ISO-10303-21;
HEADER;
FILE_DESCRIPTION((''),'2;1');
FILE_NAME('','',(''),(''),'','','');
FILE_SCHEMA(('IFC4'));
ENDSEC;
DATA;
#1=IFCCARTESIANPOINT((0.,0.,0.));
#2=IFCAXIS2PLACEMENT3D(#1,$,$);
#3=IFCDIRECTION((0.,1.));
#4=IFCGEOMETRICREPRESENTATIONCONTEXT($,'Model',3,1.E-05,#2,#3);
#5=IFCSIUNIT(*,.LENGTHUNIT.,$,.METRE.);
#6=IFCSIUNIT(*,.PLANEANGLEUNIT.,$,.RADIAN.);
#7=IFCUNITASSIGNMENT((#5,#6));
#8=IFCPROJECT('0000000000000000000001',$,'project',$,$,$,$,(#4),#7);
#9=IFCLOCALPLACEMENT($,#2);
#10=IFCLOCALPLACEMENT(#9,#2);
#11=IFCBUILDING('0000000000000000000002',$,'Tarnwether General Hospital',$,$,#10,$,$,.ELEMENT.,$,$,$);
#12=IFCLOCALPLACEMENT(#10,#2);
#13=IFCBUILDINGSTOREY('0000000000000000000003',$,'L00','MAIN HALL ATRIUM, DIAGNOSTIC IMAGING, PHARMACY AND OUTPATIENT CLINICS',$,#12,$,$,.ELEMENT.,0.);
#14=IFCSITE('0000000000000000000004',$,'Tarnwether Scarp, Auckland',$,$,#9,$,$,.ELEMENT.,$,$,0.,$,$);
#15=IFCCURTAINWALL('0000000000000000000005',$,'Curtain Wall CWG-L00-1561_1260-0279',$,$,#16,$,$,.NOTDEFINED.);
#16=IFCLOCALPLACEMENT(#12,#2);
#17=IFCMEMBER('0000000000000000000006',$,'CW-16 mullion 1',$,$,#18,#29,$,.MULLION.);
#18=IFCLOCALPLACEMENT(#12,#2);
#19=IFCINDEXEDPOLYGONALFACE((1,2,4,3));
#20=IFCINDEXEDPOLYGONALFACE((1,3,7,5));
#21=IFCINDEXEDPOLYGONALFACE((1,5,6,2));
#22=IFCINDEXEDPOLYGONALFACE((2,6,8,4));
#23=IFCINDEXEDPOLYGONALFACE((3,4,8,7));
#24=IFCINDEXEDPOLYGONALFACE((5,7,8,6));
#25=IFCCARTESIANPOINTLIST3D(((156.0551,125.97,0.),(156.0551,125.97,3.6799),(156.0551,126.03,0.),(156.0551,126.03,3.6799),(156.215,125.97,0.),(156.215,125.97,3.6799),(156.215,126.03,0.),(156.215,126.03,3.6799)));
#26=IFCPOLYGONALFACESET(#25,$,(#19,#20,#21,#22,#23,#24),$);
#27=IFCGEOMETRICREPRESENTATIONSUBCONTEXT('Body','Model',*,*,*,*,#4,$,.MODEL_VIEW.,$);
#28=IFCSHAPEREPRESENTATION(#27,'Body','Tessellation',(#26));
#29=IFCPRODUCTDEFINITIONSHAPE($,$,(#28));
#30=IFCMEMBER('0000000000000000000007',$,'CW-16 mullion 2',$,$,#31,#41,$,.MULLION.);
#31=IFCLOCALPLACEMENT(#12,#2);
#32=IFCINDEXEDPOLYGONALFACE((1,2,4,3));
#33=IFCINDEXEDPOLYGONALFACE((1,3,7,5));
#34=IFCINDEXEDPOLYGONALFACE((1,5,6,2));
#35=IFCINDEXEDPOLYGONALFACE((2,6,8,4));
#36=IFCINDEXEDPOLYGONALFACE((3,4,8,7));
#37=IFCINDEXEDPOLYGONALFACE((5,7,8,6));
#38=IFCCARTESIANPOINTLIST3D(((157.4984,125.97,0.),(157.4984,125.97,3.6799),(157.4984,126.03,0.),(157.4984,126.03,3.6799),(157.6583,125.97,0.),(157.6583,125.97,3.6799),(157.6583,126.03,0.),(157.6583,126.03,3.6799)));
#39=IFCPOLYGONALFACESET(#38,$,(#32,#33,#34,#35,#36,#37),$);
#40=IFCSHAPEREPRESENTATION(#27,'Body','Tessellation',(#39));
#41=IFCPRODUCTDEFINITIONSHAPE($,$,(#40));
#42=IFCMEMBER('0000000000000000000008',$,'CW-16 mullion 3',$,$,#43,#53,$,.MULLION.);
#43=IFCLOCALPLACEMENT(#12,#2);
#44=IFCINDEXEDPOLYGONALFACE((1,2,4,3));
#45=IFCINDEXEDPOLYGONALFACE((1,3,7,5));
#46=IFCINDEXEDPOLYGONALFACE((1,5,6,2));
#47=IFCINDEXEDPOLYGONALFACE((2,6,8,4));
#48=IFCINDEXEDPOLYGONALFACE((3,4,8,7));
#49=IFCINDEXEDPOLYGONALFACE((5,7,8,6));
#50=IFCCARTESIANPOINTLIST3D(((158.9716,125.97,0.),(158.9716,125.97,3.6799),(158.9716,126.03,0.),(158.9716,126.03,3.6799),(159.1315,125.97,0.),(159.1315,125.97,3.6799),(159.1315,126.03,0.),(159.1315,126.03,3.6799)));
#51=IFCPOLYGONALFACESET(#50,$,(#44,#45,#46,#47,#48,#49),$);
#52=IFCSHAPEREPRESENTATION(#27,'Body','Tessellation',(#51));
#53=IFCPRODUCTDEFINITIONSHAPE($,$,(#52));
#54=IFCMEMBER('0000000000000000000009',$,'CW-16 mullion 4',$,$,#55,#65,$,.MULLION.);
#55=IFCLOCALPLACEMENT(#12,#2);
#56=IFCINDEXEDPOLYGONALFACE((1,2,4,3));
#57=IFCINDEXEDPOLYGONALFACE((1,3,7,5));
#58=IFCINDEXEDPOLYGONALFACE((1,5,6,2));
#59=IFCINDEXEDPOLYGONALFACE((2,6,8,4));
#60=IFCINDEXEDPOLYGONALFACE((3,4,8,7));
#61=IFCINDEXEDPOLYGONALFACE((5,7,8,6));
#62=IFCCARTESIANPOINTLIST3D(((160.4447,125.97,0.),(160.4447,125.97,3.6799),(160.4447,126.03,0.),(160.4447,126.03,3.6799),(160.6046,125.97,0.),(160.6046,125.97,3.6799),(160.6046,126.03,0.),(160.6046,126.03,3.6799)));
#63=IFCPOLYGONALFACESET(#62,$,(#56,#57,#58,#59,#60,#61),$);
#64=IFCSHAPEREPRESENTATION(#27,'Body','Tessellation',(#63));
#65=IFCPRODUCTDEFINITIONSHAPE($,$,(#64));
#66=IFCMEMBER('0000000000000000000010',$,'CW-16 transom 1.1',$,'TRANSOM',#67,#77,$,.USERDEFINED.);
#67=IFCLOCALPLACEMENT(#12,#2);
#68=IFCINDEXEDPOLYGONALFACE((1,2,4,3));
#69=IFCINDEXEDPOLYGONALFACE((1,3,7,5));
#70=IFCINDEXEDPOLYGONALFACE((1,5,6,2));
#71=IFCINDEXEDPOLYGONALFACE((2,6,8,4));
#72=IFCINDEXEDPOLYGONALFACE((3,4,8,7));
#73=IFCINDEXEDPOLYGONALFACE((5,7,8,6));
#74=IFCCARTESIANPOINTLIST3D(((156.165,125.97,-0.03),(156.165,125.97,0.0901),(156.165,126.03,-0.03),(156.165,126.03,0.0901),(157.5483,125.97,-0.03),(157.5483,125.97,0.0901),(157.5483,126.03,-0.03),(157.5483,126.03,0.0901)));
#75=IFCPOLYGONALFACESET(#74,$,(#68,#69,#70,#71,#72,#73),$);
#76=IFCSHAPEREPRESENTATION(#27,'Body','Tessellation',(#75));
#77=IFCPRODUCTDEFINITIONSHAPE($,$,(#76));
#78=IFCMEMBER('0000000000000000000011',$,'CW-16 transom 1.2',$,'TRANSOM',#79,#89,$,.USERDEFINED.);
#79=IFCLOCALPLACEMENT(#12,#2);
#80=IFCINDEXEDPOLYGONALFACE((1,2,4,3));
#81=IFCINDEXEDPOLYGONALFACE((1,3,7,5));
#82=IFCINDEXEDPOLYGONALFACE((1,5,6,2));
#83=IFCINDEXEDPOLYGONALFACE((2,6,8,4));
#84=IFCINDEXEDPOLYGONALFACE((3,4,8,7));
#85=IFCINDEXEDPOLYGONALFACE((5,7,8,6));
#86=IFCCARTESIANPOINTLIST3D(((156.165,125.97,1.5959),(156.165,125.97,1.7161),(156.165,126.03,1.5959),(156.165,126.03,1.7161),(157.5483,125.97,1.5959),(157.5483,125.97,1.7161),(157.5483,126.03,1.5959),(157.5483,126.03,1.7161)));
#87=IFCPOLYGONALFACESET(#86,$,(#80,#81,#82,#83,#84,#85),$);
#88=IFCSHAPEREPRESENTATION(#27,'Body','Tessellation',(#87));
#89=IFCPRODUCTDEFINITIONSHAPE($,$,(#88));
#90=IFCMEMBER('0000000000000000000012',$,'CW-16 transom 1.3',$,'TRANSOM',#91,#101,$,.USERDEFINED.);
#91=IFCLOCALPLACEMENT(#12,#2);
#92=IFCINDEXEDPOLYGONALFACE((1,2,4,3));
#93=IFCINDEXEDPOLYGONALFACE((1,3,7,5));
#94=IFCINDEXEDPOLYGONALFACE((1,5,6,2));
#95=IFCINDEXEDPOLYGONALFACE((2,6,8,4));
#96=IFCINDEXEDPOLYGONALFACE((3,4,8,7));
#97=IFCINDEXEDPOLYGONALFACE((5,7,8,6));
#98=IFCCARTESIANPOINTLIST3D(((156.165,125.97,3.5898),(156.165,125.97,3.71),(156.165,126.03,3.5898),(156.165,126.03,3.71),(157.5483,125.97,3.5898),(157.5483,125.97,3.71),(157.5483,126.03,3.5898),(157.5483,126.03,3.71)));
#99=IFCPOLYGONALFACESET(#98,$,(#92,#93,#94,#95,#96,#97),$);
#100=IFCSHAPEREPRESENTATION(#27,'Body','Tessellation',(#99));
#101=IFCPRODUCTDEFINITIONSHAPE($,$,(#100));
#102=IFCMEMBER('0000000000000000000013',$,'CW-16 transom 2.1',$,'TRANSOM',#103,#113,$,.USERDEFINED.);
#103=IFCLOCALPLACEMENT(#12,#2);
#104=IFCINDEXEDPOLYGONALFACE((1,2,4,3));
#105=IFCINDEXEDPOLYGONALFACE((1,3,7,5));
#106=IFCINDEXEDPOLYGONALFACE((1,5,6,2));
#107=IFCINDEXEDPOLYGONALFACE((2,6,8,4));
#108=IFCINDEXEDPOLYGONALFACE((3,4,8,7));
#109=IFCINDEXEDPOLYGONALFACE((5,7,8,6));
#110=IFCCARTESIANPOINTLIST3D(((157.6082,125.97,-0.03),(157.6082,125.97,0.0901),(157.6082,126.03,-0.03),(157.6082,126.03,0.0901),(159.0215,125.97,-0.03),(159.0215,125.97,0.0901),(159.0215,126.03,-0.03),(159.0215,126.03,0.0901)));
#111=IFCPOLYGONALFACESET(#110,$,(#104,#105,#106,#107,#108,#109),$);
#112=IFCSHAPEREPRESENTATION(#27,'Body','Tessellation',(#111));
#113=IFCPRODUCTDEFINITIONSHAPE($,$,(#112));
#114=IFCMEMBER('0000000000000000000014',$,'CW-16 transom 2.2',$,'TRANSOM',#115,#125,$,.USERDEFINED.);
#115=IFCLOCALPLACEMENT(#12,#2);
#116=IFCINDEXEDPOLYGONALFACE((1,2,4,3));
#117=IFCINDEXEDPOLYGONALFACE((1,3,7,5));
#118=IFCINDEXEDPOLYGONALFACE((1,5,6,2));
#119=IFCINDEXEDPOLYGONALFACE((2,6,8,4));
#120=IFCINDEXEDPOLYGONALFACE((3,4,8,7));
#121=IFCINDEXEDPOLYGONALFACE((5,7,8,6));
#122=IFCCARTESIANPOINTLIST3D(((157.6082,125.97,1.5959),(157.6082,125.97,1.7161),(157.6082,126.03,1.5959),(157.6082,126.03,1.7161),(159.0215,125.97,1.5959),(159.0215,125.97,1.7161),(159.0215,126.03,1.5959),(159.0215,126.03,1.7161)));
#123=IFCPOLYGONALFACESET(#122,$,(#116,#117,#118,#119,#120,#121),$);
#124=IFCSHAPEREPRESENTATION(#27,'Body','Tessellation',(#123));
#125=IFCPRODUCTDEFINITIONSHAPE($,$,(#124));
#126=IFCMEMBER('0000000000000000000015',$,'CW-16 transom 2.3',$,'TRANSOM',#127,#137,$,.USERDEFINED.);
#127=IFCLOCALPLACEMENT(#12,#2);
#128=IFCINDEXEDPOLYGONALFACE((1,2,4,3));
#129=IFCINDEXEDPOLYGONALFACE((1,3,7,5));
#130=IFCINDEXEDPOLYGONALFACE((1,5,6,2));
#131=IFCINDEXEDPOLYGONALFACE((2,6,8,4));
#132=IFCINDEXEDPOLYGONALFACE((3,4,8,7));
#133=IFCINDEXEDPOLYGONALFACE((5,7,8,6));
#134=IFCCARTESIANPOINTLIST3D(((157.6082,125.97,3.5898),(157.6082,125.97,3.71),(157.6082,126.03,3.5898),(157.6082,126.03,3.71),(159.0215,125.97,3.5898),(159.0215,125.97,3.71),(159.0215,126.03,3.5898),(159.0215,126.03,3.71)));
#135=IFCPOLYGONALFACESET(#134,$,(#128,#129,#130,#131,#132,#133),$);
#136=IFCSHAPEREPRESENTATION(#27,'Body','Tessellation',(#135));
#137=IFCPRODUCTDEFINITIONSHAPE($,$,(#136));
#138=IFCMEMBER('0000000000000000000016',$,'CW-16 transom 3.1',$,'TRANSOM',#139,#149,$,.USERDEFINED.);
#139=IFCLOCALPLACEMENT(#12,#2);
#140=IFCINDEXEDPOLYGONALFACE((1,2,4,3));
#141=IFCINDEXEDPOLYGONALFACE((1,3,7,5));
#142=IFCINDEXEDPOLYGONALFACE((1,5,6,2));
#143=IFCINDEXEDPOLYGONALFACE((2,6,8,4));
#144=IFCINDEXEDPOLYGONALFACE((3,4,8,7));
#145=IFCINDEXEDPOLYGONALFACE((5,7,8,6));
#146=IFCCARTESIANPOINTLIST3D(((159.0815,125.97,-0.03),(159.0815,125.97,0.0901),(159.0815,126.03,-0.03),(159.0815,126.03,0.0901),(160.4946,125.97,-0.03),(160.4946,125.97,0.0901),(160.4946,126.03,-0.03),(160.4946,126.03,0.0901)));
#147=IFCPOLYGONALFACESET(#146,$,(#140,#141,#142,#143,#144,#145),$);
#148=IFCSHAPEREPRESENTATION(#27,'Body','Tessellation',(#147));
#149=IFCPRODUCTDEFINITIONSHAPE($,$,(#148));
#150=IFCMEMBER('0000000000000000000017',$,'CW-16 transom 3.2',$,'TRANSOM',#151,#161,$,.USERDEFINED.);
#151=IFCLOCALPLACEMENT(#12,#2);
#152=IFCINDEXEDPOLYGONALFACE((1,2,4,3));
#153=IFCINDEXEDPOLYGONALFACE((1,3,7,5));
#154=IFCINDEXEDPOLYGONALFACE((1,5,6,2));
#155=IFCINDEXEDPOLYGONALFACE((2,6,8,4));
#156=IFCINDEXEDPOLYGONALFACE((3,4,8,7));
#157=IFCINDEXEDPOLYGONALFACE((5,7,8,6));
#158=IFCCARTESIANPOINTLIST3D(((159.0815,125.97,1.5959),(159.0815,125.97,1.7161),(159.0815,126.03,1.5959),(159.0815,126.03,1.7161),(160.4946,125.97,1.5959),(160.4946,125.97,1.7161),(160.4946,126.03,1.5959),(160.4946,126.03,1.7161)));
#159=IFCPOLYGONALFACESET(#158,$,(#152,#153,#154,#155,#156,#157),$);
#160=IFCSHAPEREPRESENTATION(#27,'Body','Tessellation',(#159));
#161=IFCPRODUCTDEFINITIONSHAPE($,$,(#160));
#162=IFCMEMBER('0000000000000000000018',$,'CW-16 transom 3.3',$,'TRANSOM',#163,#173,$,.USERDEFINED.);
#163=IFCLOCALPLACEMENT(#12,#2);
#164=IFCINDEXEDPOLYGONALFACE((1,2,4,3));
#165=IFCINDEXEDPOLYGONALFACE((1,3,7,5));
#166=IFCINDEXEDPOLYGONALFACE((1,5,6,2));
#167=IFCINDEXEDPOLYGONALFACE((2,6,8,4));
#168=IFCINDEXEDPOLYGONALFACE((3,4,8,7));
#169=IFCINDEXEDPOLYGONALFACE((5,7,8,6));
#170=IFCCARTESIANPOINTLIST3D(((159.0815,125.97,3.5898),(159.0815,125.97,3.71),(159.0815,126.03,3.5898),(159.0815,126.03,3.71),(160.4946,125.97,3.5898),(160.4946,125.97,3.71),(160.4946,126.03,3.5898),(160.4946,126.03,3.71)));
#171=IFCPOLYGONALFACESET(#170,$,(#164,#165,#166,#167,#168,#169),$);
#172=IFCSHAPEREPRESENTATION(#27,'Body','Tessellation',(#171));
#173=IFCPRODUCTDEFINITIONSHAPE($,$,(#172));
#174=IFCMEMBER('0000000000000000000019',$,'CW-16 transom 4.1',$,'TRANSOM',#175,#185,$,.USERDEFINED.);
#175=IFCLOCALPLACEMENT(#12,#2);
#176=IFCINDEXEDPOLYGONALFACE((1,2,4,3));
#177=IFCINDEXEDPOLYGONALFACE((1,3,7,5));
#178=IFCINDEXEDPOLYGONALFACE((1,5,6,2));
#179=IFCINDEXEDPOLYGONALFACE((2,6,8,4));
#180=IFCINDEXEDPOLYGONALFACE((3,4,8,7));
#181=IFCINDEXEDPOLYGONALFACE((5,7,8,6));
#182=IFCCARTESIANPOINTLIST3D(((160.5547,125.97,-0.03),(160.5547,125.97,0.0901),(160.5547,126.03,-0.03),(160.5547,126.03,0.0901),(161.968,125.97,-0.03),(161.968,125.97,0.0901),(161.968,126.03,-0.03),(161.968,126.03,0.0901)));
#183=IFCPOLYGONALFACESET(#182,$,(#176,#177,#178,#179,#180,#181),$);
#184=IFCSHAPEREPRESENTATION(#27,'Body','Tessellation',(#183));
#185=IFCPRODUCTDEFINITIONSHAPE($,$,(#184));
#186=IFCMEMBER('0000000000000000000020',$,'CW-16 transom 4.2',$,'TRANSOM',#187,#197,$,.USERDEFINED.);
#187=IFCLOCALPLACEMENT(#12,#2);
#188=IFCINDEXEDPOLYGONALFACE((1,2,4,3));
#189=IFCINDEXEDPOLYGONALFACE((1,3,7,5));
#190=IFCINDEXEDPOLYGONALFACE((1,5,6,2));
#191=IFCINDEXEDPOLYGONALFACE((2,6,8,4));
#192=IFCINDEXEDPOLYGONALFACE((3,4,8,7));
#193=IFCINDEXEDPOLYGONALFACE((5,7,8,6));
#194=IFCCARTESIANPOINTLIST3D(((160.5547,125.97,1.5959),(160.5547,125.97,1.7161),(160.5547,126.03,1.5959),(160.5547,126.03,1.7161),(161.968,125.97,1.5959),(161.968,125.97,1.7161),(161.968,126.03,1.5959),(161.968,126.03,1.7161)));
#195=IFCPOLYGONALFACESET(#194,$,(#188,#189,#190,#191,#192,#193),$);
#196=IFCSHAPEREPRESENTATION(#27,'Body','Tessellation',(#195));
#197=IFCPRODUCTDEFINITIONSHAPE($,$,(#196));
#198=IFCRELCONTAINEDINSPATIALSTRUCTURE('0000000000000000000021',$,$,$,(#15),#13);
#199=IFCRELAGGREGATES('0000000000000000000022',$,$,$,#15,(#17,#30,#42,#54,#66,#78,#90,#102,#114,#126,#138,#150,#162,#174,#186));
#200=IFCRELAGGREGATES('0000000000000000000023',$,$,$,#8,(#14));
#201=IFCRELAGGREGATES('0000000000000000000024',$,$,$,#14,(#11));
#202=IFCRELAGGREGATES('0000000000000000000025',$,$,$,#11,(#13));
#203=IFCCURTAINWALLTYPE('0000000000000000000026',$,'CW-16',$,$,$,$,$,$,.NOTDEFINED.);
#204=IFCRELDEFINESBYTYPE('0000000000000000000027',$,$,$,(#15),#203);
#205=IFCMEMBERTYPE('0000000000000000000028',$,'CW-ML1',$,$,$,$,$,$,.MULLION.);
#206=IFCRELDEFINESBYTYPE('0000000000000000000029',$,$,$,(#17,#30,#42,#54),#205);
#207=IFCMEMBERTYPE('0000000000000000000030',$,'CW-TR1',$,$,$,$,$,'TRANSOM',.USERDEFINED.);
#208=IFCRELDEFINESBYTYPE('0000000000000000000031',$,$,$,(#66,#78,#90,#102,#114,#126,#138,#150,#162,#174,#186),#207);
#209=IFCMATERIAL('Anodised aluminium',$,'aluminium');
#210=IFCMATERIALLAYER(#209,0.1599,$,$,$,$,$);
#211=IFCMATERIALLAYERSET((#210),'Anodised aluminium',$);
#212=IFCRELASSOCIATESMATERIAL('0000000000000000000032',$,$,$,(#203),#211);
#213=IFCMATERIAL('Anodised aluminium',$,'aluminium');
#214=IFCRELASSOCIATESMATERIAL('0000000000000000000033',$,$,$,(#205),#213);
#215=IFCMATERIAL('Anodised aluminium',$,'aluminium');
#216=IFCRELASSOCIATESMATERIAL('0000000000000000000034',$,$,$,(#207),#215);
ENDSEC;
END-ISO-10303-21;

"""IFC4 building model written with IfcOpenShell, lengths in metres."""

from ifc_helpers import new_model, si_unit, direction, frame, origin, origin_2d, place, context, subcontext, project, spatial, rectangle, extrude, material, layer, layer_set, material_profile, profile_set, type_object, element, aggregate, save


model = new_model("IFC4")

# Units and contexts
model_context = context("Model", 3, precision=1e-05, world=origin(), true_north=direction((0.0, 1.0)))
body_context = subcontext(model_context, "Body", "Model", "MODEL_VIEW")
ifc_project = project(units=[si_unit("LENGTHUNIT", "METRE"), si_unit("PLANEANGLEUNIT", "RADIAN")], contexts=[model_context])

# Site, building, storey
site_placement = place(None, origin())
site = spatial("IfcSite", under=ifc_project, at=site_placement, Name="Tarnwether Scarp, Auckland", CompositionType="ELEMENT", RefElevation=0.0)
building_placement = place(site_placement, origin())
building = spatial("IfcBuilding", under=site, at=building_placement, Name="Tarnwether General Hospital", CompositionType="ELEMENT")
storey_placement = place(building_placement, origin())
storey = spatial("IfcBuildingStorey", under=building, at=storey_placement, Name="L00", Description="MAIN HALL ATRIUM, DIAGNOSTIC IMAGING, PHARMACY AND OUTPATIENT CLINICS", CompositionType="ELEMENT", Elevation=0.0)

# Curtain wall, members
ifc_material_1 = material(Name="Anodised aluminium", Category="aluminium")
ifc_layer_1 = layer(ifc_material_1, 0.1599)
ifc_layer_set_1 = layer_set([ifc_layer_1], Name="Anodised aluminium")
curtain_wall_type = type_object("IfcCurtainWallType", Name="CW-16", PredefinedType="NOTDEFINED", material=ifc_layer_set_1)
curtain_wall_placement = place(storey_placement, origin())
curtain_wall = element("IfcCurtainWall", 1, at=curtain_wall_placement, inside=storey, type_object=curtain_wall_type, Name="Curtain Wall CWG-L00-1561_1260-0279", PredefinedType="NOTDEFINED")
ifc_material_2 = material(Name="Anodised aluminium", Category="aluminium")
ifc_material_profile_1 = material_profile(ifc_material_2, rectangle(XDim=0.0601, YDim=0.1599, at=origin_2d()), Name="ALU-MUL-60x160")
ifc_profile_set_1 = profile_set([ifc_material_profile_1], Name="Anodised aluminium")
member_type_1 = type_object("IfcMemberType", Name="CW-ML1", PredefinedType="MULLION", material=ifc_profile_set_1)
member_1_placement = place(storey_placement, frame((156.135, 126.0, 0.0), z_axis=(0.0, 0.0, 1.0), x_axis=(0.0, 1.0, 0.0)))
member_1 = element("IfcMember", 2, at=member_1_placement, type_object=member_type_1, Name="CW-16 mullion 1", PredefinedType="MULLION", context=body_context, shape_type="SweptSolid", body=[
    extrude(rectangle(XDim=0.0601, YDim=0.1599, at=origin_2d()), origin(), (0.0, 0.0, 1.0), 3.6799),
])
member_2_placement = place(storey_placement, frame((157.5784, 126.0, 0.0), z_axis=(0.0, 0.0, 1.0), x_axis=(0.0, 1.0, 0.0)))
member_2 = element("IfcMember", 3, at=member_2_placement, type_object=member_type_1, Name="CW-16 mullion 2", PredefinedType="MULLION", context=body_context, shape_type="SweptSolid", body=[
    extrude(rectangle(XDim=0.0601, YDim=0.1599, at=origin_2d()), origin(), (0.0, 0.0, 1.0), 3.6799),
])
member_3_placement = place(storey_placement, frame((159.0515, 126.0, 0.0), z_axis=(0.0, 0.0, 1.0), x_axis=(0.0, 1.0, 0.0)))
member_3 = element("IfcMember", 4, at=member_3_placement, type_object=member_type_1, Name="CW-16 mullion 3", PredefinedType="MULLION", context=body_context, shape_type="SweptSolid", body=[
    extrude(rectangle(XDim=0.0601, YDim=0.1599, at=origin_2d()), origin(), (0.0, 0.0, 1.0), 3.6799),
])
member_4_placement = place(storey_placement, frame((160.5247, 126.0, 0.0), z_axis=(0.0, 0.0, 1.0), x_axis=(0.0, 1.0, 0.0)))
member_4 = element("IfcMember", 5, at=member_4_placement, type_object=member_type_1, Name="CW-16 mullion 4", PredefinedType="MULLION", context=body_context, shape_type="SweptSolid", body=[
    extrude(rectangle(XDim=0.0601, YDim=0.1599, at=origin_2d()), origin(), (0.0, 0.0, 1.0), 3.6799),
])
ifc_material_3 = material(Name="Anodised aluminium", Category="aluminium")
ifc_material_profile_2 = material_profile(ifc_material_3, rectangle(XDim=0.0601, YDim=0.1201, at=origin_2d()), Name="ALU-TRN-60x120")
ifc_profile_set_2 = profile_set([ifc_material_profile_2], Name="Anodised aluminium")
member_type_2 = type_object("IfcMemberType", Name="CW-TR1", ElementType="TRANSOM", PredefinedType="USERDEFINED", material=ifc_profile_set_2)
member_5_placement = place(storey_placement, frame((156.165, 126.0, 0.03), z_axis=(1.0, 0.0, 0.0), x_axis=(0.0, 1.0, 0.0)))
member_5 = element("IfcMember", 6, at=member_5_placement, type_object=member_type_2, Name="CW-16 transom 1.1", ObjectType="TRANSOM", PredefinedType="USERDEFINED", context=body_context, shape_type="SweptSolid", body=[
    extrude(rectangle(XDim=0.0601, YDim=0.1201, at=origin_2d()), origin(), (0.0, 0.0, 1.0), 1.3833),
])
member_6_placement = place(storey_placement, frame((156.165, 126.0, 1.656), z_axis=(1.0, 0.0, 0.0), x_axis=(0.0, 1.0, 0.0)))
member_6 = element("IfcMember", 7, at=member_6_placement, type_object=member_type_2, Name="CW-16 transom 1.2", ObjectType="TRANSOM", PredefinedType="USERDEFINED", context=body_context, shape_type="SweptSolid", body=[
    extrude(rectangle(XDim=0.0601, YDim=0.1201, at=origin_2d()), origin(), (0.0, 0.0, 1.0), 1.3833),
])
member_7_placement = place(storey_placement, frame((156.165, 126.0, 3.6499), z_axis=(1.0, 0.0, 0.0), x_axis=(0.0, 1.0, 0.0)))
member_7 = element("IfcMember", 8, at=member_7_placement, type_object=member_type_2, Name="CW-16 transom 1.3", ObjectType="TRANSOM", PredefinedType="USERDEFINED", context=body_context, shape_type="SweptSolid", body=[
    extrude(rectangle(XDim=0.0601, YDim=0.1201, at=origin_2d()), origin(), (0.0, 0.0, 1.0), 1.3833),
])
member_8_placement = place(storey_placement, frame((157.6082, 126.0, 0.03), z_axis=(1.0, 0.0, 0.0), x_axis=(0.0, 1.0, 0.0)))
member_8 = element("IfcMember", 9, at=member_8_placement, type_object=member_type_2, Name="CW-16 transom 2.1", ObjectType="TRANSOM", PredefinedType="USERDEFINED", context=body_context, shape_type="SweptSolid", body=[
    extrude(rectangle(XDim=0.0601, YDim=0.1201, at=origin_2d()), origin(), (0.0, 0.0, 1.0), 1.4133),
])
member_9_placement = place(storey_placement, frame((157.6082, 126.0, 1.656), z_axis=(1.0, 0.0, 0.0), x_axis=(0.0, 1.0, 0.0)))
member_9 = element("IfcMember", 10, at=member_9_placement, type_object=member_type_2, Name="CW-16 transom 2.2", ObjectType="TRANSOM", PredefinedType="USERDEFINED", context=body_context, shape_type="SweptSolid", body=[
    extrude(rectangle(XDim=0.0601, YDim=0.1201, at=origin_2d()), origin(), (0.0, 0.0, 1.0), 1.4133),
])
member_10_placement = place(storey_placement, frame((157.6082, 126.0, 3.6499), z_axis=(1.0, 0.0, 0.0), x_axis=(0.0, 1.0, 0.0)))
member_10 = element("IfcMember", 11, at=member_10_placement, type_object=member_type_2, Name="CW-16 transom 2.3", ObjectType="TRANSOM", PredefinedType="USERDEFINED", context=body_context, shape_type="SweptSolid", body=[
    extrude(rectangle(XDim=0.0601, YDim=0.1201, at=origin_2d()), origin(), (0.0, 0.0, 1.0), 1.4133),
])
member_11_placement = place(storey_placement, frame((159.0815, 126.0, 0.03), z_axis=(1.0, 0.0, 0.0), x_axis=(0.0, 1.0, 0.0)))
member_11 = element("IfcMember", 12, at=member_11_placement, type_object=member_type_2, Name="CW-16 transom 3.1", ObjectType="TRANSOM", PredefinedType="USERDEFINED", context=body_context, shape_type="SweptSolid", body=[
    extrude(rectangle(XDim=0.0601, YDim=0.1201, at=origin_2d()), origin(), (0.0, 0.0, 1.0), 1.4131),
])
member_12_placement = place(storey_placement, frame((159.0815, 126.0, 1.656), z_axis=(1.0, 0.0, 0.0), x_axis=(0.0, 1.0, 0.0)))
member_12 = element("IfcMember", 13, at=member_12_placement, type_object=member_type_2, Name="CW-16 transom 3.2", ObjectType="TRANSOM", PredefinedType="USERDEFINED", context=body_context, shape_type="SweptSolid", body=[
    extrude(rectangle(XDim=0.0601, YDim=0.1201, at=origin_2d()), origin(), (0.0, 0.0, 1.0), 1.4131),
])
member_13_placement = place(storey_placement, frame((159.0815, 126.0, 3.6499), z_axis=(1.0, 0.0, 0.0), x_axis=(0.0, 1.0, 0.0)))
member_13 = element("IfcMember", 14, at=member_13_placement, type_object=member_type_2, Name="CW-16 transom 3.3", ObjectType="TRANSOM", PredefinedType="USERDEFINED", context=body_context, shape_type="SweptSolid", body=[
    extrude(rectangle(XDim=0.0601, YDim=0.1201, at=origin_2d()), origin(), (0.0, 0.0, 1.0), 1.4131),
])
member_14_placement = place(storey_placement, frame((160.5547, 126.0, 0.03), z_axis=(1.0, 0.0, 0.0), x_axis=(0.0, 1.0, 0.0)))
member_14 = element("IfcMember", 15, at=member_14_placement, type_object=member_type_2, Name="CW-16 transom 4.1", ObjectType="TRANSOM", PredefinedType="USERDEFINED", context=body_context, shape_type="SweptSolid", body=[
    extrude(rectangle(XDim=0.0601, YDim=0.1201, at=origin_2d()), origin(), (0.0, 0.0, 1.0), 1.4133),
])
member_15_placement = place(storey_placement, frame((160.5547, 126.0, 1.656), z_axis=(1.0, 0.0, 0.0), x_axis=(0.0, 1.0, 0.0)))
member_15 = element("IfcMember", 16, at=member_15_placement, type_object=member_type_2, Name="CW-16 transom 4.2", ObjectType="TRANSOM", PredefinedType="USERDEFINED", context=body_context, shape_type="SweptSolid", body=[
    extrude(rectangle(XDim=0.0601, YDim=0.1201, at=origin_2d()), origin(), (0.0, 0.0, 1.0), 1.4133),
])
aggregate(curtain_wall, [member_1, member_2, member_3, member_4, member_5, member_6, member_7, member_8, member_9, member_10, member_11, member_12, member_13, member_14, member_15])

save(model, "model.ifc")
